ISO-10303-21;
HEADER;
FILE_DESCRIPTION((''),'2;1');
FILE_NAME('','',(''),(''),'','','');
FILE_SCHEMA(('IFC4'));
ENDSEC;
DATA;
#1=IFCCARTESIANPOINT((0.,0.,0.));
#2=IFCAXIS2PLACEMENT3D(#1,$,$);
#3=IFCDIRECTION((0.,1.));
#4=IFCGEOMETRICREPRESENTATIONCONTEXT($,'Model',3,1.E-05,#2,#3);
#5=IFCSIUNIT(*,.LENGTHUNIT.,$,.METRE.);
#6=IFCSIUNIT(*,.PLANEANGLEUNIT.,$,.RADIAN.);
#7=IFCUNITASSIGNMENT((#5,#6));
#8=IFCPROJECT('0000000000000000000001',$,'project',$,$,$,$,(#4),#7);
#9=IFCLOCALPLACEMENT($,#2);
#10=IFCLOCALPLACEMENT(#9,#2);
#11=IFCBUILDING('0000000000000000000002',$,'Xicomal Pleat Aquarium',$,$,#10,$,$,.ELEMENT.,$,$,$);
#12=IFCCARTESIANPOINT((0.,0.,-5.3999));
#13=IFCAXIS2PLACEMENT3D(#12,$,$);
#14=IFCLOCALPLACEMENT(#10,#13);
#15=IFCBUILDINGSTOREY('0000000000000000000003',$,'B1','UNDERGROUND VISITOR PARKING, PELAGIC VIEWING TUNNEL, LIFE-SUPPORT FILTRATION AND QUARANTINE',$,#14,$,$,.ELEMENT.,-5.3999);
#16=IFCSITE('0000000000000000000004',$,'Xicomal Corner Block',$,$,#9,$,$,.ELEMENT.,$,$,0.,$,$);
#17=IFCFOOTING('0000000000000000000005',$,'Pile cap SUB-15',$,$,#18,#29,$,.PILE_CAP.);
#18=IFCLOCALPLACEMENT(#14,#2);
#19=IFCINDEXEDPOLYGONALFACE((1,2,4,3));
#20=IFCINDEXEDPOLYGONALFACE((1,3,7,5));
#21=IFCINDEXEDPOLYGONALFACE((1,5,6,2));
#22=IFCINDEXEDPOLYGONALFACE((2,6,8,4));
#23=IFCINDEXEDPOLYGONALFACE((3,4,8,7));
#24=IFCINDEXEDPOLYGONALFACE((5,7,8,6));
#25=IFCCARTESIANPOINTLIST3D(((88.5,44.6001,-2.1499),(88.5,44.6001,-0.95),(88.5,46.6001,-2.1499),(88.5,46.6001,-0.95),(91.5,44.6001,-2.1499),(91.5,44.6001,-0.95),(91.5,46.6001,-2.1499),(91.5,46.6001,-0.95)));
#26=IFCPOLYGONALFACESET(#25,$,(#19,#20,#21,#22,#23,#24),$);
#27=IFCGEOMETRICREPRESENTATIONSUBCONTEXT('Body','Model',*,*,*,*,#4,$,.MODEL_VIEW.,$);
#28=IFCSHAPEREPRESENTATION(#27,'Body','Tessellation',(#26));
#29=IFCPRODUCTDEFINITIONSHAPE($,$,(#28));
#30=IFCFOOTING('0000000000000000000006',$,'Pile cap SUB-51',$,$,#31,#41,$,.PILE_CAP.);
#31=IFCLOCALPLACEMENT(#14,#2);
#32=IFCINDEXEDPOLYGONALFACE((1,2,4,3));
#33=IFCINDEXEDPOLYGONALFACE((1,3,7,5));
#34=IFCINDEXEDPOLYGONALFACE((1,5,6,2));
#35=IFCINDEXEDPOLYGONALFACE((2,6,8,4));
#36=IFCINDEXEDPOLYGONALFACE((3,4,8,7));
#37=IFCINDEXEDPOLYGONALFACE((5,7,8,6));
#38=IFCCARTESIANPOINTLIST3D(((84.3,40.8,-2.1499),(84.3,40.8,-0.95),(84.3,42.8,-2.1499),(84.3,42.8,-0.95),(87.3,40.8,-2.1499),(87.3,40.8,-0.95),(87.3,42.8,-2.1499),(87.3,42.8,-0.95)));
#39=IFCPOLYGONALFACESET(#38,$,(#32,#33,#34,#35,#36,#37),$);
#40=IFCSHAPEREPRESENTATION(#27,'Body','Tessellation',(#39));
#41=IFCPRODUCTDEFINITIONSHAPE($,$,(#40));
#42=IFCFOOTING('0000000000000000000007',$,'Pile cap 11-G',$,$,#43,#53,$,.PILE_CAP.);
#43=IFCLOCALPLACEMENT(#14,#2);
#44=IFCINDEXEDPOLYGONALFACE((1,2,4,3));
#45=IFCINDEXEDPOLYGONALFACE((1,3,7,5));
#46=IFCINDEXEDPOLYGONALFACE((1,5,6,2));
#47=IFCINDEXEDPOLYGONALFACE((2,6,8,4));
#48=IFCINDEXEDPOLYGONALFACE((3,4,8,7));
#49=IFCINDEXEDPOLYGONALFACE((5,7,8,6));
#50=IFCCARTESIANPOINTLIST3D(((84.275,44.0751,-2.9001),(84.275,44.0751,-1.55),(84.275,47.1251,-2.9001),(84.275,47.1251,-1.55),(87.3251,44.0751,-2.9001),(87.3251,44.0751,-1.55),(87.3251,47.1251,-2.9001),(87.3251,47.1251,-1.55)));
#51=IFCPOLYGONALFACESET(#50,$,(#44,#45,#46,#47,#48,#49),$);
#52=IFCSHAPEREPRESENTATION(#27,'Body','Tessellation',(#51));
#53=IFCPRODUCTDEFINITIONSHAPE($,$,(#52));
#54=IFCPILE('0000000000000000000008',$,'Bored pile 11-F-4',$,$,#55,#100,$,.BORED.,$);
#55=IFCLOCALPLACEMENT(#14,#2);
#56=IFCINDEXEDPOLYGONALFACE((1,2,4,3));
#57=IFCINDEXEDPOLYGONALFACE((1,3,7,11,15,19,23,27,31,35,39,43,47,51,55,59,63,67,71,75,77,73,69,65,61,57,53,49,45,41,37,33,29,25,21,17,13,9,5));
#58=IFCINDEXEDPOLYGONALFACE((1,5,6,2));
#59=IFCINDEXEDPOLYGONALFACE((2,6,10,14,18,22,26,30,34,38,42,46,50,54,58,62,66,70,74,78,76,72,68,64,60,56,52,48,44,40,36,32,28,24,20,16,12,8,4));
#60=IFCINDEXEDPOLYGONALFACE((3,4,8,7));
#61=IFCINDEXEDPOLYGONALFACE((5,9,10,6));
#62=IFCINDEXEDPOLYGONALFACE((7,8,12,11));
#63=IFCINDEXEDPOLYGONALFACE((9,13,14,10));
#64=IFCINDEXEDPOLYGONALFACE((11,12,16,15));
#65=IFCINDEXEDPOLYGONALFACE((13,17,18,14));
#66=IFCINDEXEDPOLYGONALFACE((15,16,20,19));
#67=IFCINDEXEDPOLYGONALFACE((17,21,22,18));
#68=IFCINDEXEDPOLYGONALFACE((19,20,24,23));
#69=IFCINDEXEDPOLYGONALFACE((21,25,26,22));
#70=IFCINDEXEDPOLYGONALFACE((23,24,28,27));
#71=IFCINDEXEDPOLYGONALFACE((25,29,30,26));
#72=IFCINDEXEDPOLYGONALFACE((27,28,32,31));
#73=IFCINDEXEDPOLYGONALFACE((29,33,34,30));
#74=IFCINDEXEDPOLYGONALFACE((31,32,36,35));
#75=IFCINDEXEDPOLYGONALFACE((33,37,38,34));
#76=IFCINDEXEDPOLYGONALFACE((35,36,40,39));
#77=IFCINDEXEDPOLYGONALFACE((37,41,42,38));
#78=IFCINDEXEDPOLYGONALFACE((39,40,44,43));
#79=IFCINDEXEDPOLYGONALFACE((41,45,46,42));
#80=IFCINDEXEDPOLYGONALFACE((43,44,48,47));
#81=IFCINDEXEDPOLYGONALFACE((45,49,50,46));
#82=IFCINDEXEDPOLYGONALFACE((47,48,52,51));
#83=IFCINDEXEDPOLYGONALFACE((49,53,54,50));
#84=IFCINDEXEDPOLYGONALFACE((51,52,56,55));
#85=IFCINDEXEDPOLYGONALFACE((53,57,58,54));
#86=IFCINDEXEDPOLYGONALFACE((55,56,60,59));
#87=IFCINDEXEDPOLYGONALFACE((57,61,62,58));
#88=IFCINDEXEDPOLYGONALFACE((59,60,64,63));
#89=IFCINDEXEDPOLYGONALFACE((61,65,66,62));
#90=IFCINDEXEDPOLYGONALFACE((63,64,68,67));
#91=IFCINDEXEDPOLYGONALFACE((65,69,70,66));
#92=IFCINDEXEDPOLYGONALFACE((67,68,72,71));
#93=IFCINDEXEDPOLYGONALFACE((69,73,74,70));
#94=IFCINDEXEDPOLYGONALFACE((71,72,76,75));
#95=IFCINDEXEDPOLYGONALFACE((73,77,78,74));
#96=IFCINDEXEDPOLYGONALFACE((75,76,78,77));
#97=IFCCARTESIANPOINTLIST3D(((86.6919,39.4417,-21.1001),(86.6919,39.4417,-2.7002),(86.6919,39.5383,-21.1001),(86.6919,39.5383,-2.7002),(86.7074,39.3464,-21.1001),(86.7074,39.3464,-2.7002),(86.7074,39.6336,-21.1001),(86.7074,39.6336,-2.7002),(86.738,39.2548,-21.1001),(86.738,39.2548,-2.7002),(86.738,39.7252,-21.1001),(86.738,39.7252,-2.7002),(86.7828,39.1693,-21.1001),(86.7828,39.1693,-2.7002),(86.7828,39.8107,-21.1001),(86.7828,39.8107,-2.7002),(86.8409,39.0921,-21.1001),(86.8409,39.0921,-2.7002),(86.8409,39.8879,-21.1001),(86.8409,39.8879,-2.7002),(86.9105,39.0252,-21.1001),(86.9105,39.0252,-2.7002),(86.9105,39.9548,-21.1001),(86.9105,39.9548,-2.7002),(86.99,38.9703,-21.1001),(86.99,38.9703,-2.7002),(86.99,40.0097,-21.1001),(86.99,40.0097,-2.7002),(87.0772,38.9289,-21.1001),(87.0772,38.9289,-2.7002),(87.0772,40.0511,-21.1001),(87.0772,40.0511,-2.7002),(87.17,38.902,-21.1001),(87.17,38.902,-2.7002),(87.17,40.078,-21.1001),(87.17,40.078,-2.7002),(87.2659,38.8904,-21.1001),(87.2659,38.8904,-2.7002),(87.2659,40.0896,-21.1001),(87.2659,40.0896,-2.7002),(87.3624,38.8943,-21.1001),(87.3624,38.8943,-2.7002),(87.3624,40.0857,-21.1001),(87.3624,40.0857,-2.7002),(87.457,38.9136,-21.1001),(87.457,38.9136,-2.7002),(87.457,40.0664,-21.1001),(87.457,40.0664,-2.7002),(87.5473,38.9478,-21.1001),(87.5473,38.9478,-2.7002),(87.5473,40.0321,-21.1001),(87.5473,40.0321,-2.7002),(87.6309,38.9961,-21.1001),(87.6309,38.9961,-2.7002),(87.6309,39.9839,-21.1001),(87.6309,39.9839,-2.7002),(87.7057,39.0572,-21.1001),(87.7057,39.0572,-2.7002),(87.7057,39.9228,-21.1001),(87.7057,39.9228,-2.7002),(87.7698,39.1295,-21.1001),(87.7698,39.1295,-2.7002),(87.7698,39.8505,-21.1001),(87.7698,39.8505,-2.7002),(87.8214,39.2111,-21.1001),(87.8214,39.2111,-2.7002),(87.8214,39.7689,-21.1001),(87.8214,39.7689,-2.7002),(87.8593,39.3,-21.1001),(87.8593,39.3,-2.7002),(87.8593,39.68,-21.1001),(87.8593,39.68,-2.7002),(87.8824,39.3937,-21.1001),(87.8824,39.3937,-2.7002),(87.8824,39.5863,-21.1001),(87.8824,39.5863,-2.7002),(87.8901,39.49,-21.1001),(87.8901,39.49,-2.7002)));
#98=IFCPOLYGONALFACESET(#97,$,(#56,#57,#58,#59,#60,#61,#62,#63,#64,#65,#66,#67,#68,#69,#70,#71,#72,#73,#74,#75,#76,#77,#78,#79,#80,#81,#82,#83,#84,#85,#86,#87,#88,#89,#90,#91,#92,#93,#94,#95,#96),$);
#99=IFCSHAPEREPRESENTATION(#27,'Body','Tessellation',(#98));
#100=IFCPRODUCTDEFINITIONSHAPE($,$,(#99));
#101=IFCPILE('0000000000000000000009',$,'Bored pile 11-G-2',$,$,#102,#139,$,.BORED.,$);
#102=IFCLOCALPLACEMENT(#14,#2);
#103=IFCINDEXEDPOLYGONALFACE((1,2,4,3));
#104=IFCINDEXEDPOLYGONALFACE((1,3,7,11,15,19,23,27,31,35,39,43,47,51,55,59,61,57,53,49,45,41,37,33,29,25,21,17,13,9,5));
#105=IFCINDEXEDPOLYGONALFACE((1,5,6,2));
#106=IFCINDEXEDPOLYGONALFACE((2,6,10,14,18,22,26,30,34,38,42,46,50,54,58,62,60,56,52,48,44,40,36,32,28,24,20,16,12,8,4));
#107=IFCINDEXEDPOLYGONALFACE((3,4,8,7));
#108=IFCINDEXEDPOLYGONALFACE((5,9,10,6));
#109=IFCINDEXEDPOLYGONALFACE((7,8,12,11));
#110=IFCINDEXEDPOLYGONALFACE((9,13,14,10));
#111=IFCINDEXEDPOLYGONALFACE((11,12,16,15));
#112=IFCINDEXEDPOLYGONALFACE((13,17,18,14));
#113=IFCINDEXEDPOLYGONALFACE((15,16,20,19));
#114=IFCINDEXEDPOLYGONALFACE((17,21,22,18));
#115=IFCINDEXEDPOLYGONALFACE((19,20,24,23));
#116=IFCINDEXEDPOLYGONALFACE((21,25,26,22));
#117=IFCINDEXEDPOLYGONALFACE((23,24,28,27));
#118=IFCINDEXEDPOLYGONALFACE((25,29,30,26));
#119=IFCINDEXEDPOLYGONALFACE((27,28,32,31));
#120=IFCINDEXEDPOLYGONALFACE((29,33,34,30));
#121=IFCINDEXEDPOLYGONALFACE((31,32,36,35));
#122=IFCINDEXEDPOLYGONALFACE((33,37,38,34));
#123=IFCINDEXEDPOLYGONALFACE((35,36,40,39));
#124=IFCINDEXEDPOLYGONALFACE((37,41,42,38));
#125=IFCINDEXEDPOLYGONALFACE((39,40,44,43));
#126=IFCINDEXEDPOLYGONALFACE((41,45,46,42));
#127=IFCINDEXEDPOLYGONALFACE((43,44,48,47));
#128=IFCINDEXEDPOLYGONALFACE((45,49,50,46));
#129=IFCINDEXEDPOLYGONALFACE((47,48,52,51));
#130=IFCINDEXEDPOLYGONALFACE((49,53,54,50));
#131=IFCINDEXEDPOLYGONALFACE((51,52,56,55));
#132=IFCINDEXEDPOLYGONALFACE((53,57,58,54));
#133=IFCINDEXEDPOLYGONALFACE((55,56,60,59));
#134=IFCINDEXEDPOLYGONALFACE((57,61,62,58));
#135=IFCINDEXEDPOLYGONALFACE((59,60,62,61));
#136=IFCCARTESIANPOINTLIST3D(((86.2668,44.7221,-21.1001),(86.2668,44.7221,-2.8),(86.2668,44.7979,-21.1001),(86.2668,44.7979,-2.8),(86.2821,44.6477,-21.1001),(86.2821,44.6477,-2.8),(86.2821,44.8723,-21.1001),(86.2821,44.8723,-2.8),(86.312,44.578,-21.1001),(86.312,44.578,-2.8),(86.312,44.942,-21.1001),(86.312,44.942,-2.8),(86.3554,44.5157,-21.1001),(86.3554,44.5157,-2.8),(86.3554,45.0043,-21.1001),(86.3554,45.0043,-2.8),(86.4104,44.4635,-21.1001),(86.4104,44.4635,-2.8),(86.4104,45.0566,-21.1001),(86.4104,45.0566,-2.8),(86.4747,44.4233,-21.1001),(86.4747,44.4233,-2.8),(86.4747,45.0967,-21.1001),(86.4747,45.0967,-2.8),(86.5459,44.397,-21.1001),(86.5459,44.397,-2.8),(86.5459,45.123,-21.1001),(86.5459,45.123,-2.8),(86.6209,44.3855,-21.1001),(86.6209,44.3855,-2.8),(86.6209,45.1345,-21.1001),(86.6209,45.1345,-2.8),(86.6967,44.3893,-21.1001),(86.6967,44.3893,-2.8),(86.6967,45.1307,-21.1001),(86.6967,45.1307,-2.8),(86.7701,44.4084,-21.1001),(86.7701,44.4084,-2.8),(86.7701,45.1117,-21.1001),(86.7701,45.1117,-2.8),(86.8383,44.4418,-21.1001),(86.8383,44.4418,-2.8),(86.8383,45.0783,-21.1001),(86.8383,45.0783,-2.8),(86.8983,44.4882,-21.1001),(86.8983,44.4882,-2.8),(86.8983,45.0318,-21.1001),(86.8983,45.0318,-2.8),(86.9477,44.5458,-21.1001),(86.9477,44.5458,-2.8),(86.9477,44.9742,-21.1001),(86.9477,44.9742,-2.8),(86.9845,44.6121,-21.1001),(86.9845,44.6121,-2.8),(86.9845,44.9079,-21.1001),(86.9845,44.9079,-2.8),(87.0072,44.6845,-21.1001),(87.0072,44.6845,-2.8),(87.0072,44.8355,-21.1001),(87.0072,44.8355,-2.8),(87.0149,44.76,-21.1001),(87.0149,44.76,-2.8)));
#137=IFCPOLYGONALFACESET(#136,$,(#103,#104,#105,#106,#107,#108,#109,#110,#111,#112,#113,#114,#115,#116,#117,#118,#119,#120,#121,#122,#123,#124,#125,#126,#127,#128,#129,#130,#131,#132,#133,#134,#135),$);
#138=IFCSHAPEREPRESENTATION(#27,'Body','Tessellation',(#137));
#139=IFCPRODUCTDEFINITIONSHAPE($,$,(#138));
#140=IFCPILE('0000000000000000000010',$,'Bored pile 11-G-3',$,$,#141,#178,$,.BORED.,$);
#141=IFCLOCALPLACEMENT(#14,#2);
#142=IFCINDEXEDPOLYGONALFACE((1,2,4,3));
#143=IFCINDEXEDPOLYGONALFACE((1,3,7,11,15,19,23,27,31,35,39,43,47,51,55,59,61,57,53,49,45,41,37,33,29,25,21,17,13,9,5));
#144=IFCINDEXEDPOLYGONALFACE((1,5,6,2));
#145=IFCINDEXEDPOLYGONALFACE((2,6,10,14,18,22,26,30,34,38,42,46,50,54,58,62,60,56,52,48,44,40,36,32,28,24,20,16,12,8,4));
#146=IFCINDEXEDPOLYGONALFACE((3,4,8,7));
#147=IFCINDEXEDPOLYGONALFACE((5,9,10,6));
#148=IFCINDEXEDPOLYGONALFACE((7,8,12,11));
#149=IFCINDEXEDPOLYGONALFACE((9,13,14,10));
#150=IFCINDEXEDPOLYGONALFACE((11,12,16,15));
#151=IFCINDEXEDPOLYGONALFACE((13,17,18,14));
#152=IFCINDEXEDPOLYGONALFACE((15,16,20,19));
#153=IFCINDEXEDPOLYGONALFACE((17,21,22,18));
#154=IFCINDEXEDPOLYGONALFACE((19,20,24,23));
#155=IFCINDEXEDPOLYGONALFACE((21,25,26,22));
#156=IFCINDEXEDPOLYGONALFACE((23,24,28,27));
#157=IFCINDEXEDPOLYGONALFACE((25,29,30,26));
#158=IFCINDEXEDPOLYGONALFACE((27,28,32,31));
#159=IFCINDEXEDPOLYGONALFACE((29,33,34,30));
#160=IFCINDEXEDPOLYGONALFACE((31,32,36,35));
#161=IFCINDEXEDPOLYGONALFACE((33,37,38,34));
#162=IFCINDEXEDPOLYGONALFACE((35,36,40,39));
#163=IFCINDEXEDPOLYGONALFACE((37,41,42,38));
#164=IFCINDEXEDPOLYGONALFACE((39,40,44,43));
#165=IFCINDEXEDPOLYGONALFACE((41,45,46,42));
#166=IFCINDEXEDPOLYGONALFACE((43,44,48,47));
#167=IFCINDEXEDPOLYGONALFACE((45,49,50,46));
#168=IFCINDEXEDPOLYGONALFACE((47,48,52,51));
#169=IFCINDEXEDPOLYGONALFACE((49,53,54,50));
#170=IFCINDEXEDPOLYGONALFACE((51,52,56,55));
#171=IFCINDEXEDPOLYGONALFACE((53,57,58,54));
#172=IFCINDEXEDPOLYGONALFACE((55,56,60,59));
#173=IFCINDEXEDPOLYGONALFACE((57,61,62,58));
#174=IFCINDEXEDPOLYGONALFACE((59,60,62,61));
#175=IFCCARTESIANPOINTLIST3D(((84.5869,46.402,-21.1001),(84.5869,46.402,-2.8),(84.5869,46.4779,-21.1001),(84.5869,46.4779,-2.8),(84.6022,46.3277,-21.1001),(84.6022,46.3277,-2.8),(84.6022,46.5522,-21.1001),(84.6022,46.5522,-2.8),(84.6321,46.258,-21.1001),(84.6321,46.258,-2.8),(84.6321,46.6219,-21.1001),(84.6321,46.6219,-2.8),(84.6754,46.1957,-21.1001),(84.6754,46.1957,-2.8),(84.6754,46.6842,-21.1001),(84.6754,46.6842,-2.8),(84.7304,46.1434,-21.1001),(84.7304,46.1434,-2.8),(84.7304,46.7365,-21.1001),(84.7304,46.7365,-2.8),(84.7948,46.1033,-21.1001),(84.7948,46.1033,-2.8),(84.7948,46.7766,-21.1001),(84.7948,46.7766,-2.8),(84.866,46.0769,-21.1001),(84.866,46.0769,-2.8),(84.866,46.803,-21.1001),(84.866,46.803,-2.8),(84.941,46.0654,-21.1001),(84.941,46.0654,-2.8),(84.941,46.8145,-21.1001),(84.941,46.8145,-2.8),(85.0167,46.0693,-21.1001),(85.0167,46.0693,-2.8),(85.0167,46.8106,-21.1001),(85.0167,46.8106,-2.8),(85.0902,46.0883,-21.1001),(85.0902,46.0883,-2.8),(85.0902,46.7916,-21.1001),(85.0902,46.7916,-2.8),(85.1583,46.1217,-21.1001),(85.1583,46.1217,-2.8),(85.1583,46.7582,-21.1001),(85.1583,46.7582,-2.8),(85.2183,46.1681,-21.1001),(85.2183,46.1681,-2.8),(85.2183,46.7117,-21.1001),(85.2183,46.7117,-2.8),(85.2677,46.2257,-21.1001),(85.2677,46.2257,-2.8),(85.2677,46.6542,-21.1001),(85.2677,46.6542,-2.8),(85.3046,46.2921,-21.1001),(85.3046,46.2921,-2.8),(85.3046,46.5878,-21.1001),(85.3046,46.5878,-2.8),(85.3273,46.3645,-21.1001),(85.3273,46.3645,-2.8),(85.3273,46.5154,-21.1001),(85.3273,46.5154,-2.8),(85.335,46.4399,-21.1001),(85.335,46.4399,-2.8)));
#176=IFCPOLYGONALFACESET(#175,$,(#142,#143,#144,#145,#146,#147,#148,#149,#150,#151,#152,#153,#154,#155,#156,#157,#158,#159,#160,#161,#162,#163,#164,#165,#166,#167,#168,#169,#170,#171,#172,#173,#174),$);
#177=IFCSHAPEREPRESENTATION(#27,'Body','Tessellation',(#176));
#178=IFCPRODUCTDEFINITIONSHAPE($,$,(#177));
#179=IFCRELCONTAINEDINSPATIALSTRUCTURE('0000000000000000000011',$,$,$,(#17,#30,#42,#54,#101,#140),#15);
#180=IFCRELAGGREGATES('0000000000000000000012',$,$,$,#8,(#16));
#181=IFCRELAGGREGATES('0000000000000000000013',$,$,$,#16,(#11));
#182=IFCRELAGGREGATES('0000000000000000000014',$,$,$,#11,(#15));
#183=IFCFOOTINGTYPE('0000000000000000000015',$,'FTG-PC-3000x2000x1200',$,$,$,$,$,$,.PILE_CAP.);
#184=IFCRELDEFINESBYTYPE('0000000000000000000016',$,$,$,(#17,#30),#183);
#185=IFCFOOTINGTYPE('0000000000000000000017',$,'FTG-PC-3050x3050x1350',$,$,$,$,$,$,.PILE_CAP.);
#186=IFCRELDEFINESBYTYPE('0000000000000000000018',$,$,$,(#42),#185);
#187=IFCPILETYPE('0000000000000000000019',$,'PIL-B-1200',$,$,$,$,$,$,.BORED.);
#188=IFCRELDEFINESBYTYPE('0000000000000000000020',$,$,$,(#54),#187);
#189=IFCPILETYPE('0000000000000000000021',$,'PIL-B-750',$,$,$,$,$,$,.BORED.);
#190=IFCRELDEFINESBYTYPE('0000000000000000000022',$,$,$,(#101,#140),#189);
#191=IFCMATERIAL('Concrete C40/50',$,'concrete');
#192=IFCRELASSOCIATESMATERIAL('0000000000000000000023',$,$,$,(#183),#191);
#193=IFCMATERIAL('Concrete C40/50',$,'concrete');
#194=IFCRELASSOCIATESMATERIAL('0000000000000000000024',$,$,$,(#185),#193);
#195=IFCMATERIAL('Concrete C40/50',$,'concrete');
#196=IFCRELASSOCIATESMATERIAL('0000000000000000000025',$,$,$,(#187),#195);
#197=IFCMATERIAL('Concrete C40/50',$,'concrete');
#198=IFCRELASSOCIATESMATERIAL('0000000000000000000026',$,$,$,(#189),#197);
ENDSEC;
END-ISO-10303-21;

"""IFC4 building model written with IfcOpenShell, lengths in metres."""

from ifc_helpers import new_model, si_unit, direction, frame, origin, origin_2d, place, context, subcontext, project, spatial, rectangle, circle, extrude, material, material_profile, profile_set, type_object, element, save


model = new_model("IFC4")

# Units and contexts
model_context = context("Model", 3, precision=1e-05, world=origin(), true_north=direction((0.0, 1.0)))
body_context = subcontext(model_context, "Body", "Model", "MODEL_VIEW")
ifc_project = project(units=[si_unit("LENGTHUNIT", "METRE"), si_unit("PLANEANGLEUNIT", "RADIAN")], contexts=[model_context])

# Site, building, storey
site_placement = place(None, origin())
site = spatial("IfcSite", under=ifc_project, at=site_placement, Name="Xicomal Corner Block", CompositionType="ELEMENT", RefElevation=0.0)
building_placement = place(site_placement, origin())
building = spatial("IfcBuilding", under=site, at=building_placement, Name="Xicomal Pleat Aquarium", CompositionType="ELEMENT")
storey_placement = place(building_placement, frame((0.0, 0.0, -5.3999)))
storey = spatial("IfcBuildingStorey", under=building, at=storey_placement, Name="B1", Description="UNDERGROUND VISITOR PARKING, PELAGIC VIEWING TUNNEL, LIFE-SUPPORT FILTRATION AND QUARANTINE", CompositionType="ELEMENT", Elevation=-5.3999)

# Footings
ifc_material_1 = material(Name="Concrete C40/50", Category="concrete")
footing_type_1 = type_object("IfcFootingType", Name="FTG-PC-3000x2000x1200", PredefinedType="PILE_CAP", material=ifc_material_1)
for number, where, z_axis, x_axis, name in (
    (1, (90.0, 45.6001, -2.1499), (0.0, 0.0, 1.0), (1.0, 0.0, 0.0), "Pile cap SUB-15"),
    (2, (85.8, 41.8, -2.1499), (0.0, 0.0, 1.0), (1.0, 0.0, 0.0), "Pile cap SUB-51"),
):
    element("IfcFooting", number, at=place(storey_placement, frame(where, z_axis=z_axis, x_axis=x_axis)), inside=storey, type_object=footing_type_1, Name=name, PredefinedType="PILE_CAP", context=body_context, shape_type="SweptSolid", body=[
        extrude(rectangle(XDim=3.0, YDim=2.0, at=origin_2d()), origin(), (0.0, 0.0, 1.0), 1.2),
    ])
ifc_material_2 = material(Name="Concrete C40/50", Category="concrete")
footing_type_2 = type_object("IfcFootingType", Name="FTG-PC-3050x3050x1350", PredefinedType="PILE_CAP", material=ifc_material_2)
footing_placement = place(storey_placement, frame((85.8, 45.6001, -2.9001), z_axis=(0.0, 0.0, 1.0), x_axis=(1.0, 0.0, 0.0)))
element("IfcFooting", 3, at=footing_placement, inside=storey, type_object=footing_type_2, Name="Pile cap 11-G", PredefinedType="PILE_CAP", context=body_context, shape_type="SweptSolid", body=[
    extrude(rectangle(XDim=3.05, YDim=3.05, at=origin_2d()), origin(), (0.0, 0.0, 1.0), 1.3501),
])

# Piles
ifc_material_3 = material(Name="Concrete C40/50", Category="concrete")
ifc_material_profile_1 = material_profile(ifc_material_3, circle(Radius=0.6001, at=origin_2d()), Name="BORED PILE D1200")
ifc_profile_set_1 = profile_set([ifc_material_profile_1], Name="Concrete C40/50")
pile_type_1 = type_object("IfcPileType", Name="PIL-B-1200", PredefinedType="BORED", material=ifc_profile_set_1)
pile_1_placement = place(storey_placement, frame((87.29, 39.49, -2.7002), z_axis=(0.0, 0.0, -1.0), x_axis=(1.0, 0.0, 0.0)))
element("IfcPile", 4, at=pile_1_placement, inside=storey, type_object=pile_type_1, Name="Bored pile 11-F-4", PredefinedType="BORED", context=body_context, shape_type="SweptSolid", body=[
    extrude(circle(Radius=0.6001, at=origin_2d()), origin(), (0.0, 0.0, 1.0), 18.3999),
])
ifc_material_4 = material(Name="Concrete C40/50", Category="concrete")
ifc_material_profile_2 = material_profile(ifc_material_4, circle(Radius=0.375, at=origin_2d()), Name="BORED PILE D750")
ifc_profile_set_2 = profile_set([ifc_material_profile_2], Name="Concrete C40/50")
pile_type_2 = type_object("IfcPileType", Name="PIL-B-750", PredefinedType="BORED", material=ifc_profile_set_2)
for number, where, z_axis, x_axis, name in (
    (5, (86.6399, 44.76, -2.8), (0.0, 0.0, -1.0), (1.0, 0.0, 0.0), "Bored pile 11-G-2"),
    (6, (84.96, 46.4399, -2.8), (0.0, 0.0, -1.0), (1.0, 0.0, 0.0), "Bored pile 11-G-3"),
):
    element("IfcPile", number, at=place(storey_placement, frame(where, z_axis=z_axis, x_axis=x_axis)), inside=storey, type_object=pile_type_2, Name=name, PredefinedType="BORED", context=body_context, shape_type="SweptSolid", body=[
        extrude(circle(Radius=0.375, at=origin_2d()), origin(), (0.0, 0.0, 1.0), 18.3),
    ])

save(model, "model.ifc")
